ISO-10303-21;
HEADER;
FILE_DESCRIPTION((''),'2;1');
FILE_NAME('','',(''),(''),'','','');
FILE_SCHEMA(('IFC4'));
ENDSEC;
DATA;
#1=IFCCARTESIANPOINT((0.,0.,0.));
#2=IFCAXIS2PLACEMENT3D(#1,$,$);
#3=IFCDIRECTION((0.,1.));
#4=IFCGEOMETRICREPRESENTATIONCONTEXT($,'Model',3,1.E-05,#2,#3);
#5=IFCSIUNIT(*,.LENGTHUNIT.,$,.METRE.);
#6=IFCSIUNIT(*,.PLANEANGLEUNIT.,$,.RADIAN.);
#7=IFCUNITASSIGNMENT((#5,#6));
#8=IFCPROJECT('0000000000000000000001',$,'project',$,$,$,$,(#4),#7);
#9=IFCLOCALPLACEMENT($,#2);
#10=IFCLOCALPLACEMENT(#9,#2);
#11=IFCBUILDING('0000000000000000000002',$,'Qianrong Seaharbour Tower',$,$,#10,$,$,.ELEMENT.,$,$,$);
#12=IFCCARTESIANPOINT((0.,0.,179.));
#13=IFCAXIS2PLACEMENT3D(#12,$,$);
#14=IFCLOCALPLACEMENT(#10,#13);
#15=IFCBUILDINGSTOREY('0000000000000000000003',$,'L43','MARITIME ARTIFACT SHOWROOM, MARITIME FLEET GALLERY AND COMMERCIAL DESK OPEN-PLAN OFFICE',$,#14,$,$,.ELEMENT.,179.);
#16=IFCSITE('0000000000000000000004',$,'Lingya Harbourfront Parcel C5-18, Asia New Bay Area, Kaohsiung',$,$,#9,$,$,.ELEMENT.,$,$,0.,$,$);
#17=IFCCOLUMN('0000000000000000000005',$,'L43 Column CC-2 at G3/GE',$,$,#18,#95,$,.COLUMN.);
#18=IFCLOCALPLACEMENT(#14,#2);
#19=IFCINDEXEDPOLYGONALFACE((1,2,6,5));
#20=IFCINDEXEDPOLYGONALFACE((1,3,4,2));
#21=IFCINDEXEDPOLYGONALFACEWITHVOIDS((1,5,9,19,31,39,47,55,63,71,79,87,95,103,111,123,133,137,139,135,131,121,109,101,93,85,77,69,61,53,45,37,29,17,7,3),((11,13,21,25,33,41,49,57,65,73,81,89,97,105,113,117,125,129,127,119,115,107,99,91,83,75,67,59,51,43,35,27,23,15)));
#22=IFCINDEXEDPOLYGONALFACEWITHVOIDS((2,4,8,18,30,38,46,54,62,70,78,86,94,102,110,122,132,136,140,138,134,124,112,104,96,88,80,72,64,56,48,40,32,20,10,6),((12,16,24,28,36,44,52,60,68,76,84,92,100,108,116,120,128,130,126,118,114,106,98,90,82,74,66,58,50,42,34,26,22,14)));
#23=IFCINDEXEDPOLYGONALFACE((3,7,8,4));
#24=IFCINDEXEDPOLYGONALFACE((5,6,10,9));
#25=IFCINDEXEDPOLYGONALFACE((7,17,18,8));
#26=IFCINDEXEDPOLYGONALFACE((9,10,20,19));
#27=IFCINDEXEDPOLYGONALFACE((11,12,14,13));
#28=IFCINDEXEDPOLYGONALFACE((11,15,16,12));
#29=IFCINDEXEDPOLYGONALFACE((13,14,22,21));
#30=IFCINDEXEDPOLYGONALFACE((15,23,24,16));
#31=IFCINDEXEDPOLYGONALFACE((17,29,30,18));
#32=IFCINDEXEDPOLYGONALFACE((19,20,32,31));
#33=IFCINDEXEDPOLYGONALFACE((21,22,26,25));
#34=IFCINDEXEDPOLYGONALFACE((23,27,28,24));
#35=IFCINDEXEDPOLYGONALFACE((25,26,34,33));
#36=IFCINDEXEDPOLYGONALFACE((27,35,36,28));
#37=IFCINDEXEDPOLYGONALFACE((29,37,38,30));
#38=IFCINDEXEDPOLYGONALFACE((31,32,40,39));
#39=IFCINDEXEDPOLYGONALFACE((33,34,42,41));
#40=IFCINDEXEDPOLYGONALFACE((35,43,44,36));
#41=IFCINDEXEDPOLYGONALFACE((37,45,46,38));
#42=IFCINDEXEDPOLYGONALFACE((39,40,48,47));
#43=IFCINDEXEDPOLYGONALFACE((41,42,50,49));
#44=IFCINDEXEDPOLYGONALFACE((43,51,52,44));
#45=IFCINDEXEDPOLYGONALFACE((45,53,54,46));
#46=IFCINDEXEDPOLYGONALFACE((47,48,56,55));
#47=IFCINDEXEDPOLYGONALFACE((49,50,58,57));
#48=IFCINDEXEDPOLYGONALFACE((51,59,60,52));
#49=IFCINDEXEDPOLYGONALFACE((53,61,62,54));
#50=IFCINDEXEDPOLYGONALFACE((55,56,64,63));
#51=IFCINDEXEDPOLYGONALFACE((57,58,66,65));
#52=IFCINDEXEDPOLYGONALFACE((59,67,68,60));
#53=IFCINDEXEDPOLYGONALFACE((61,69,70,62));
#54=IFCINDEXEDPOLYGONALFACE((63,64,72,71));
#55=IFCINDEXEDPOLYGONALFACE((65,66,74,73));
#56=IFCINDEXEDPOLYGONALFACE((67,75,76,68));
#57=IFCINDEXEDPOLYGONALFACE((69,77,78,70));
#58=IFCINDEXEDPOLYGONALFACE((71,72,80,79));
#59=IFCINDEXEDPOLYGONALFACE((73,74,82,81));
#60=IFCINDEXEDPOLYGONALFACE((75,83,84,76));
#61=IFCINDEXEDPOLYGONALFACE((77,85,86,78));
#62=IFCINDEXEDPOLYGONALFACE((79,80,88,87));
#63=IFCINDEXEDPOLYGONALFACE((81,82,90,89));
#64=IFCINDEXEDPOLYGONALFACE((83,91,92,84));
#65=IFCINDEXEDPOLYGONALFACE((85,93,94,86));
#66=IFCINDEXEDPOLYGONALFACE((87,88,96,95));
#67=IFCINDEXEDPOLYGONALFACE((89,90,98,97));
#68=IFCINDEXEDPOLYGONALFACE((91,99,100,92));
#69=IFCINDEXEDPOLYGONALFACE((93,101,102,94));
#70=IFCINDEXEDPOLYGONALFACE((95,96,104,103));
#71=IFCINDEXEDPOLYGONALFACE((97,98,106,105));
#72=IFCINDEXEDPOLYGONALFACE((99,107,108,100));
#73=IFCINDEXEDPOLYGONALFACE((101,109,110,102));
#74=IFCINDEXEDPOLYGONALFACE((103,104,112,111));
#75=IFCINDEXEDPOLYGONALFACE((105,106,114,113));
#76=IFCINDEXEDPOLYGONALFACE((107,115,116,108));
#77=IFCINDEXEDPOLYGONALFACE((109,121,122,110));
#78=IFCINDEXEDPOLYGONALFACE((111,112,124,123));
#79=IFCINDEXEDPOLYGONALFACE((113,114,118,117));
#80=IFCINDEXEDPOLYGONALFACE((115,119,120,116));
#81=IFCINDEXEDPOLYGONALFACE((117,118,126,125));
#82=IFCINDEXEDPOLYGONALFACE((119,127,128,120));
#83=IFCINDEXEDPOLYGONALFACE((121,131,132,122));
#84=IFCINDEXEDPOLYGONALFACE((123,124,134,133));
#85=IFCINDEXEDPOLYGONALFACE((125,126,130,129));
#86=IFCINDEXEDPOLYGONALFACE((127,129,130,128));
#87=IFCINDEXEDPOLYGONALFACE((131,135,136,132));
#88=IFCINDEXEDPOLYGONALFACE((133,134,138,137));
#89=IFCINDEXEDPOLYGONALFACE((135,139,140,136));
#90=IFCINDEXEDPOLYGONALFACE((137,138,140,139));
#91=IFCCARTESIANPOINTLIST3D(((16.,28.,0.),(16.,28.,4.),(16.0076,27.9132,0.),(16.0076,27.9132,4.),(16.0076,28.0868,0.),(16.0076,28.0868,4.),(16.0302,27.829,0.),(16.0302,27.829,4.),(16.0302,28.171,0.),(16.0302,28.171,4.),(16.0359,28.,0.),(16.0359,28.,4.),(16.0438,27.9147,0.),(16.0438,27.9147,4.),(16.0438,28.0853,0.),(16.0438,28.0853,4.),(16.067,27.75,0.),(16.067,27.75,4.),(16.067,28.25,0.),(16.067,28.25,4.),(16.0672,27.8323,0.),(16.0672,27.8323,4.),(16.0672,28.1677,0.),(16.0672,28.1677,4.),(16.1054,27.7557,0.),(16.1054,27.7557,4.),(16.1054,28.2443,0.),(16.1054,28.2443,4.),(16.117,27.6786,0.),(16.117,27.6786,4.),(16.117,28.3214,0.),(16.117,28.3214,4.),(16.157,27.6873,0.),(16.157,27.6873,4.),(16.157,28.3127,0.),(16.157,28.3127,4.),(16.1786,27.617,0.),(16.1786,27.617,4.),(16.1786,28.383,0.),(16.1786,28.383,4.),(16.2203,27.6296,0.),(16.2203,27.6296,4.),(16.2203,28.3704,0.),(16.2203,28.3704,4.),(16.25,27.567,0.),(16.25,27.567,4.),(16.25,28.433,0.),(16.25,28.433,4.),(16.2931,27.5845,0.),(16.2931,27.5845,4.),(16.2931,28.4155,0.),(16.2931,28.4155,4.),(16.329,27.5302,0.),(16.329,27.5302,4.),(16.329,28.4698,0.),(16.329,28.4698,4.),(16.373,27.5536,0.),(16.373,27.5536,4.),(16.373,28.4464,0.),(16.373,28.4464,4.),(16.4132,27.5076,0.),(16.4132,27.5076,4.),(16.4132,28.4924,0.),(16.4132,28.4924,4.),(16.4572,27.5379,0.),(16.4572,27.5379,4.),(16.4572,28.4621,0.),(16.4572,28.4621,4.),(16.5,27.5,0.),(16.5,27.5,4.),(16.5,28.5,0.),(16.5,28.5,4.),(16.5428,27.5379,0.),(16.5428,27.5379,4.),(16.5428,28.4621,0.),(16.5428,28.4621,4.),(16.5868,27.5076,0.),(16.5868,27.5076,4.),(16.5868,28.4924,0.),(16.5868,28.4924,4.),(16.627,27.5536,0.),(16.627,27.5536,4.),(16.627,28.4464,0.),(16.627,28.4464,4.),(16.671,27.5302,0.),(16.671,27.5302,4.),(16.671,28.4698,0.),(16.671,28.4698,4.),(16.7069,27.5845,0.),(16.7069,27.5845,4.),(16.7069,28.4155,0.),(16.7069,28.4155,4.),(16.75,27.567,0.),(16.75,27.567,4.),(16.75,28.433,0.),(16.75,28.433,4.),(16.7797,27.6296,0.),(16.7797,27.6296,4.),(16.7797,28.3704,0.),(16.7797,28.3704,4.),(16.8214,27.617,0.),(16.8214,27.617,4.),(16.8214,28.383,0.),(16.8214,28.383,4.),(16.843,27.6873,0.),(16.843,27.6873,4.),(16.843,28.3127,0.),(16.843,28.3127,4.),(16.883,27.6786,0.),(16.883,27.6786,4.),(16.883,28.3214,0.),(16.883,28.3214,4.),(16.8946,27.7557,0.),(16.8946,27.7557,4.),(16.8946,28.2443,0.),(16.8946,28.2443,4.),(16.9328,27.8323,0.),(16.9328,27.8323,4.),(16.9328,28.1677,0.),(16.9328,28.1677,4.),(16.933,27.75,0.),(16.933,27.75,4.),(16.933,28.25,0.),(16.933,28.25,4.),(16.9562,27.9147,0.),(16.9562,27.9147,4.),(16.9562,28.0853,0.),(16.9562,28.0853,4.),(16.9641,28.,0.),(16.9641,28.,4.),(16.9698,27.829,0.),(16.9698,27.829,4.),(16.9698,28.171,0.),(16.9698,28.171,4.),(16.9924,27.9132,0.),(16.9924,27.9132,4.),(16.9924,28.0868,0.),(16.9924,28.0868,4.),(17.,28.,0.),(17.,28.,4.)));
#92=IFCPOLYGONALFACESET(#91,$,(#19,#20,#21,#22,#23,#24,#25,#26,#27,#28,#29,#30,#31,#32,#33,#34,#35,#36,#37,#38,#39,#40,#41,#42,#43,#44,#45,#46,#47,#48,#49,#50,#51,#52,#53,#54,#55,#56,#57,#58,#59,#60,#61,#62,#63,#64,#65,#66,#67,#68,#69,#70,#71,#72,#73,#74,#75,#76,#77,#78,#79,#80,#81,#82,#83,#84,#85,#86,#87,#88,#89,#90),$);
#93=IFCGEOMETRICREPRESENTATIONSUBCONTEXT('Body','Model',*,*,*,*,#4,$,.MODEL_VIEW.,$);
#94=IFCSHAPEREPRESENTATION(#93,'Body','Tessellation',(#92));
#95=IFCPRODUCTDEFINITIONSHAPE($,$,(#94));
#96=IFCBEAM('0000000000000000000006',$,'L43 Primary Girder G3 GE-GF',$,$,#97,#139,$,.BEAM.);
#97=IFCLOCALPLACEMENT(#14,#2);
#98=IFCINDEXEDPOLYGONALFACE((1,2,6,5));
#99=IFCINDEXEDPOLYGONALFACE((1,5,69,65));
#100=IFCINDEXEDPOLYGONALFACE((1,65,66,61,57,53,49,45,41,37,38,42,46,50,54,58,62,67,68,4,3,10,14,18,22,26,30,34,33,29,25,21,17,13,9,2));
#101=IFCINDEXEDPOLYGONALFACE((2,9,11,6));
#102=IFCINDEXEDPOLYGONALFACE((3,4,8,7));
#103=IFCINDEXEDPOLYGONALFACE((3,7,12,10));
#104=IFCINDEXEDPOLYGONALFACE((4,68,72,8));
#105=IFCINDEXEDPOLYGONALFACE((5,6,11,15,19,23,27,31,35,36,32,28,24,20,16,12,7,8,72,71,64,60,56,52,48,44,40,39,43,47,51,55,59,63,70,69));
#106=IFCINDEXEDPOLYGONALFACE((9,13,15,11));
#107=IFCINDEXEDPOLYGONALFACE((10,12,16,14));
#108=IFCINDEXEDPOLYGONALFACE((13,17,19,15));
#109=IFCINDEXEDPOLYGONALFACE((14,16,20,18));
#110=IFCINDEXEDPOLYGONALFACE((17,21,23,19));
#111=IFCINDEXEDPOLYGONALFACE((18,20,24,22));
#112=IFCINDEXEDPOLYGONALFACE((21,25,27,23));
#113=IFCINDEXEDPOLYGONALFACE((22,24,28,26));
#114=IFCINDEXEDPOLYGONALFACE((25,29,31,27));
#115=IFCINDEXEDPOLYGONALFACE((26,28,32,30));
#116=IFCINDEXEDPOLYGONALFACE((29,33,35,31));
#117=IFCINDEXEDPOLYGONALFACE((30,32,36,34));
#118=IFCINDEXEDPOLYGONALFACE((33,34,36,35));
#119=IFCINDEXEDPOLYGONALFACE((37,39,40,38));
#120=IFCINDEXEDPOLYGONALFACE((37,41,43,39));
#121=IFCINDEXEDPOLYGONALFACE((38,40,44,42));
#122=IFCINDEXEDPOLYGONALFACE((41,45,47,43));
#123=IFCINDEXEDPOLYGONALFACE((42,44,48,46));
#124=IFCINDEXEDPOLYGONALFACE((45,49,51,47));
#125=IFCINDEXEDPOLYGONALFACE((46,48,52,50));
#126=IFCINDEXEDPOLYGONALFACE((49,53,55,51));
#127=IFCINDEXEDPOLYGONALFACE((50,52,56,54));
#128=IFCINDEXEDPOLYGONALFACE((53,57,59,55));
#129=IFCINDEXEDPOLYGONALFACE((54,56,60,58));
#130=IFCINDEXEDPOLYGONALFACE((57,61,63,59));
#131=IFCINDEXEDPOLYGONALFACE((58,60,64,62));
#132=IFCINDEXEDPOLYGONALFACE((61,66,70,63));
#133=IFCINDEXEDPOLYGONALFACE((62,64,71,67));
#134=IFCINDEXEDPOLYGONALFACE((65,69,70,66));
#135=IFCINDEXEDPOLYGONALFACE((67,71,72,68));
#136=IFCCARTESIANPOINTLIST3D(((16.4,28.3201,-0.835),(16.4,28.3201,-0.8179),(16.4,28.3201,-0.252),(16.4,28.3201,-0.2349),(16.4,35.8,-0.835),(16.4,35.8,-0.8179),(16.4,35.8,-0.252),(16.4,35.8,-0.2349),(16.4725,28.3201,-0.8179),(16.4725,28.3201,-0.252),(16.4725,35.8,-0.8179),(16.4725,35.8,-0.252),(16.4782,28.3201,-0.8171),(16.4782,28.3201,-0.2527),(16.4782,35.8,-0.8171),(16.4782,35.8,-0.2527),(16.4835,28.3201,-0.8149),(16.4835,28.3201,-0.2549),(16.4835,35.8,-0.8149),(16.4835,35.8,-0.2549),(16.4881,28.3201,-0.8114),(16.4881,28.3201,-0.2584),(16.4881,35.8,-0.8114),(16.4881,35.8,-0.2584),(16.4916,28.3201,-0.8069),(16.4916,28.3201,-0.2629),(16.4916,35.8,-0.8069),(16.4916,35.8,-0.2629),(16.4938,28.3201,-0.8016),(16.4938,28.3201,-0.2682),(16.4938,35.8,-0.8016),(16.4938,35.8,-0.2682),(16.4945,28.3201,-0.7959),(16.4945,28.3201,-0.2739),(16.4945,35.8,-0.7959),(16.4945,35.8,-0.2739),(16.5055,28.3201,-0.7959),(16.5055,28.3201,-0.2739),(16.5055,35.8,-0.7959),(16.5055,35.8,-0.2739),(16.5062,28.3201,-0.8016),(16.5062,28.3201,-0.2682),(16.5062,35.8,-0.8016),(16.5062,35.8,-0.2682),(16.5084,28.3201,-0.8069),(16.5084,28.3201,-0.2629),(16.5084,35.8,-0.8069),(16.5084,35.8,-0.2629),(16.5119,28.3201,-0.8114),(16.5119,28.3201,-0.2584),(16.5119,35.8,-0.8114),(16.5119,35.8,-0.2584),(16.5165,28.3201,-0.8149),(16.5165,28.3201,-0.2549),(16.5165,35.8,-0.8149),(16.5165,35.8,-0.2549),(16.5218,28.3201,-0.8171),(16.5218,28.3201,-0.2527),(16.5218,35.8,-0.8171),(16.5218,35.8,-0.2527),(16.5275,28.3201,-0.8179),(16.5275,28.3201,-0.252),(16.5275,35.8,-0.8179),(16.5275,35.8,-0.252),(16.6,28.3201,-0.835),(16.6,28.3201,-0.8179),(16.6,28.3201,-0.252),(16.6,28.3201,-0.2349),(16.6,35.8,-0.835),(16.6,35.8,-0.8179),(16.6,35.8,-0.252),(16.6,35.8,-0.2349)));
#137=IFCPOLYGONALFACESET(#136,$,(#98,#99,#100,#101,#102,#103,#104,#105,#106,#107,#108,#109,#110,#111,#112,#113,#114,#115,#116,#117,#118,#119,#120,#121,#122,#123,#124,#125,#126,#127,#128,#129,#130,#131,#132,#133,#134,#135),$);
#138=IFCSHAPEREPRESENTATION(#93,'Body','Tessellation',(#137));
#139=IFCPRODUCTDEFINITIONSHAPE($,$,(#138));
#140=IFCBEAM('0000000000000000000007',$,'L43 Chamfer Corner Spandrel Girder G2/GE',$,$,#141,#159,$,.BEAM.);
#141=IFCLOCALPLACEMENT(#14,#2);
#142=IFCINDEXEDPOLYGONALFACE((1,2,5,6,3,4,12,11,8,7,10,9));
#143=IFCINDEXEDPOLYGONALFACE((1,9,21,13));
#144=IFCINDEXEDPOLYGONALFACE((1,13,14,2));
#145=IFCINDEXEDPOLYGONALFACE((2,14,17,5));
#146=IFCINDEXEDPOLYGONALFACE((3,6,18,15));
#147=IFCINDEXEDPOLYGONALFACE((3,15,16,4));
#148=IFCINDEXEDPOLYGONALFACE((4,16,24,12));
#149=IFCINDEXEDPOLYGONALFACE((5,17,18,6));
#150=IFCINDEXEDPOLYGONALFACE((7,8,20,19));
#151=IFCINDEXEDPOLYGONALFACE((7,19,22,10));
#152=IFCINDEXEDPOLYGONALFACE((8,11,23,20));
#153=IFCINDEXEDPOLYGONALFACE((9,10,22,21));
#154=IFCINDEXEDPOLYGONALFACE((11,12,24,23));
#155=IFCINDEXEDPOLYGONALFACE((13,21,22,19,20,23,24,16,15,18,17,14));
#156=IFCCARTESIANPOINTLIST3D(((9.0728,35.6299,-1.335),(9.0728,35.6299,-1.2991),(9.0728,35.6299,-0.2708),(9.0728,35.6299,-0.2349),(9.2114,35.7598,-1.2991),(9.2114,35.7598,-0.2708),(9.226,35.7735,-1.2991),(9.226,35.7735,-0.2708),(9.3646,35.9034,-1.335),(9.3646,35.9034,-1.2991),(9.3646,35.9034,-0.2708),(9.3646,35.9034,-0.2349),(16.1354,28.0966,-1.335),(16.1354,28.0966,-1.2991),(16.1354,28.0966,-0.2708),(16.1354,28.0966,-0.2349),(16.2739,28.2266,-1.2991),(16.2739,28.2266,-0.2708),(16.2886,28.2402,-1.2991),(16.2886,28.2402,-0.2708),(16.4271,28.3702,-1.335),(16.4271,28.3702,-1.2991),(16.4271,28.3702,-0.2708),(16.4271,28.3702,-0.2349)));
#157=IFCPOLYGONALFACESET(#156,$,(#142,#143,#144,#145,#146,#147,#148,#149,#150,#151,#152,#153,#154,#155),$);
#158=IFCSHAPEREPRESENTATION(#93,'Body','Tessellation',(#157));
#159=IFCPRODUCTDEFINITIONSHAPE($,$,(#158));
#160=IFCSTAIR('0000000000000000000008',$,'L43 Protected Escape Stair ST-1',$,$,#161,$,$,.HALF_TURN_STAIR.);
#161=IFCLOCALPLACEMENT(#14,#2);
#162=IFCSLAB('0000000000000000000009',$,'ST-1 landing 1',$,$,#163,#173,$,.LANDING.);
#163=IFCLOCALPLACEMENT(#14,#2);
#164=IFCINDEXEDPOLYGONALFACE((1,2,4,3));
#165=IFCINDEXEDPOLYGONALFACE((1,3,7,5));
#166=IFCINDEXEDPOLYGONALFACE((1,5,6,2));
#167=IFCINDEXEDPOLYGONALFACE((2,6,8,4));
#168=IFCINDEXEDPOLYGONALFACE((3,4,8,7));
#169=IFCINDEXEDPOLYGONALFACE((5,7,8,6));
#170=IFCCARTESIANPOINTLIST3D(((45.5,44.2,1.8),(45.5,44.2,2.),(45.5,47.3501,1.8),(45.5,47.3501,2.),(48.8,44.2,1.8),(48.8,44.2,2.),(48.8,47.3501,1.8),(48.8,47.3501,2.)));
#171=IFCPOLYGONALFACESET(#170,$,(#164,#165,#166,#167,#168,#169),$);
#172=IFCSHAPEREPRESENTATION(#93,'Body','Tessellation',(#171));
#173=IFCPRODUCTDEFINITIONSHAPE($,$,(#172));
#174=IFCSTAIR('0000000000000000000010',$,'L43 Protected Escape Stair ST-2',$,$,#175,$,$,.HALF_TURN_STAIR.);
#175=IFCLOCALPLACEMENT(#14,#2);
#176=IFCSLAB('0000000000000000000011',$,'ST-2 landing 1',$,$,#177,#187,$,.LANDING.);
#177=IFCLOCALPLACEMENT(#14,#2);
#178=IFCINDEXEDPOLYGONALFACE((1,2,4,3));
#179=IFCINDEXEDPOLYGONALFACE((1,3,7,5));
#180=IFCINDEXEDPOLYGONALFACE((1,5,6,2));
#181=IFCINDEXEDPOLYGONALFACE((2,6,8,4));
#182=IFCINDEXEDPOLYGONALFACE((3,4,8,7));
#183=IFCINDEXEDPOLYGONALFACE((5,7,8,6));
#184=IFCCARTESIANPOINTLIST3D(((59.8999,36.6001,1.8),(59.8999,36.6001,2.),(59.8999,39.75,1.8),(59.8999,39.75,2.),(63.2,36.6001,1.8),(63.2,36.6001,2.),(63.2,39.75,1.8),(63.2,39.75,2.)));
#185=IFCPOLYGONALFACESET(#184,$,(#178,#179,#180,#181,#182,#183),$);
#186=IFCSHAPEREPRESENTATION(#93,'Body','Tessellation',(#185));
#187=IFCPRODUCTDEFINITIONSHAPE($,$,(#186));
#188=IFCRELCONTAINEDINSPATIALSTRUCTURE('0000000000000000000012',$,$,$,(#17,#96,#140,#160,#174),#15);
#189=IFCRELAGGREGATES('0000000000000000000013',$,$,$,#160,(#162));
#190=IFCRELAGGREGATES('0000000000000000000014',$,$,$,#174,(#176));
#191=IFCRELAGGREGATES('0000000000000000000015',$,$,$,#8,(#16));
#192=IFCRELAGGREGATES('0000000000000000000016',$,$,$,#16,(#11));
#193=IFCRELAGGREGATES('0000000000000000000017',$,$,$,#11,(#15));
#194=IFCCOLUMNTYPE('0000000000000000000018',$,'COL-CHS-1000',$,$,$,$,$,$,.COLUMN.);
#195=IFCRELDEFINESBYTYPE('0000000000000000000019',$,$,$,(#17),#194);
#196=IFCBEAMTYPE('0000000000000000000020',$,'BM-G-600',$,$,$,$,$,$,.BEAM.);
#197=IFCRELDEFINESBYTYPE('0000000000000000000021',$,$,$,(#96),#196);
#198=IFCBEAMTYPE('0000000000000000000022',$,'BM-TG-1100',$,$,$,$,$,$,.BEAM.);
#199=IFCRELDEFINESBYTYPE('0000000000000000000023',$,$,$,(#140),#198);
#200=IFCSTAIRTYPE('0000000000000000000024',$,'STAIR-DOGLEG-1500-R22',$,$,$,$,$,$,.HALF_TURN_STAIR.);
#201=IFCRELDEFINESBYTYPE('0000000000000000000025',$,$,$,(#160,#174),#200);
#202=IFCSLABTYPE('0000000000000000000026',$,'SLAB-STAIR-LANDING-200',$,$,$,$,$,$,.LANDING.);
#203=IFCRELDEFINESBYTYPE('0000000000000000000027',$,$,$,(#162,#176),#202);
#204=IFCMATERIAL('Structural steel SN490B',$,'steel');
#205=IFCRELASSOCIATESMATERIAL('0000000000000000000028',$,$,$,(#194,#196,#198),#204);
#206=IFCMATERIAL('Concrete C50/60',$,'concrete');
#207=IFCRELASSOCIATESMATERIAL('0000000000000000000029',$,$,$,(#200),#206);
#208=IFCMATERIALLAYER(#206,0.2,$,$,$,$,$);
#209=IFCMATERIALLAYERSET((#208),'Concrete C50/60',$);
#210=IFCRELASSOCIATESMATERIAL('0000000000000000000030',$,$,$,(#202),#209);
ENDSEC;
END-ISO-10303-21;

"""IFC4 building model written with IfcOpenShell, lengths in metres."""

from ifc_helpers import new_model, si_unit, direction, frame, origin, origin_2d, place, context, subcontext, project, spatial, polyline, hollow_circle, i_section, outline, extrude, material, layer, layer_set, material_profile, profile_set, type_object, element, aggregate, save


model = new_model("IFC4")

# Units and contexts
model_context = context("Model", 3, precision=1e-05, world=origin(), true_north=direction((0.0, 1.0)))
body_context = subcontext(model_context, "Body", "Model", "MODEL_VIEW")
ifc_project = project(units=[si_unit("LENGTHUNIT", "METRE"), si_unit("PLANEANGLEUNIT", "RADIAN")], contexts=[model_context])

# Site, building, storey
site_placement = place(None, origin())
site = spatial("IfcSite", under=ifc_project, at=site_placement, Name="Lingya Harbourfront Parcel C5-18, Asia New Bay Area, Kaohsiung", CompositionType="ELEMENT", RefElevation=0.0)
building_placement = place(site_placement, origin())
building = spatial("IfcBuilding", under=site, at=building_placement, Name="Qianrong Seaharbour Tower", CompositionType="ELEMENT")
storey_placement = place(building_placement, frame((0.0, 0.0, 179.0)))
storey = spatial("IfcBuildingStorey", under=building, at=storey_placement, Name="L43", Description="MARITIME ARTIFACT SHOWROOM, MARITIME FLEET GALLERY AND COMMERCIAL DESK OPEN-PLAN OFFICE", CompositionType="ELEMENT", Elevation=179.0)

# Column
ifc_material_1 = material(Name="Structural steel SN490B", Category="steel")
ifc_material_profile_1 = material_profile(ifc_material_1, hollow_circle(Radius=0.5, WallThickness=0.0359, at=origin_2d()), Name="CHS1000x36")
ifc_profile_set_1 = profile_set([ifc_material_profile_1], Name="Structural steel SN490B")
column_type = type_object("IfcColumnType", Name="COL-CHS-1000", PredefinedType="COLUMN", material=ifc_profile_set_1)
column_placement = place(storey_placement, frame((16.5, 28.0, 0.0), z_axis=(0.0, 0.0, 1.0), x_axis=(1.0, 0.0, 0.0)))
element("IfcColumn", 1, at=column_placement, inside=storey, type_object=column_type, Name="L43 Column CC-2 at G3/GE", PredefinedType="COLUMN", context=body_context, shape_type="SweptSolid", body=[
    extrude(hollow_circle(Radius=0.5, WallThickness=0.0359, at=origin_2d()), origin(), (0.0, 0.0, 1.0), 4.0),
])

# Beams
ifc_material_profile_2 = material_profile(ifc_material_1, i_section(OverallWidth=0.2, OverallDepth=0.6001, WebThickness=0.011, FlangeThickness=0.0171, FilletRadius=0.022, at=origin_2d()), Name="H600x200x11x17")
ifc_profile_set_2 = profile_set([ifc_material_profile_2], Name="Structural steel SN490B")
beam_type_1 = type_object("IfcBeamType", Name="BM-G-600", PredefinedType="BEAM", material=ifc_profile_set_2)
beam_1_placement = place(storey_placement, frame((16.5, 28.3201, -0.5349), z_axis=(0.0, 1.0, 0.0), x_axis=(-1.0, 0.0, 0.0)))
element("IfcBeam", 2, at=beam_1_placement, inside=storey, type_object=beam_type_1, Name="L43 Primary Girder G3 GE-GF", PredefinedType="BEAM", context=body_context, shape_type="SweptSolid", body=[
    extrude(i_section(OverallWidth=0.2, OverallDepth=0.6001, WebThickness=0.011, FlangeThickness=0.0171, FilletRadius=0.022, at=origin_2d()), origin(), (0.0, 0.0, 1.0), 7.48),
])
ifc_material_profile_3 = material_profile(ifc_material_1, i_section(OverallWidth=0.3999, OverallDepth=1.1001, WebThickness=0.02, FlangeThickness=0.0359, at=origin_2d()), Name="BH1100x400x20x36")
ifc_profile_set_3 = profile_set([ifc_material_profile_3], Name="Structural steel SN490B")
beam_type_2 = type_object("IfcBeamType", Name="BM-TG-1100", PredefinedType="BEAM", material=ifc_profile_set_3)
beam_2_placement = place(storey_placement, frame((16.2812, 28.2334, -0.7849), z_axis=(-0.683947, 0.729531, 0.0), x_axis=(-0.729531, -0.683947, 0.0)))
element("IfcBeam", 3, at=beam_2_placement, inside=storey, type_object=beam_type_2, Name="L43 Chamfer Corner Spandrel Girder G2/GE", PredefinedType="BEAM", context=body_context, shape_type="SweptSolid", body=[
    extrude(i_section(OverallWidth=0.3999, OverallDepth=1.1001, WebThickness=0.02, FlangeThickness=0.0359, at=origin_2d()), origin(), (0.0, 0.0, 1.0), 10.3262),
])

# Stairs, slabs
ifc_material_2 = material(Name="Concrete C50/60", Category="concrete")
stair_type = type_object("IfcStairType", Name="STAIR-DOGLEG-1500-R22", PredefinedType="HALF_TURN_STAIR", material=ifc_material_2)
stair_1_placement = place(storey_placement, origin())
stair_1 = element("IfcStair", 4, at=stair_1_placement, inside=storey, type_object=stair_type, Name="L43 Protected Escape Stair ST-1", PredefinedType="HALF_TURN_STAIR")
ifc_layer_1 = layer(ifc_material_2, 0.2)
ifc_layer_set_1 = layer_set([ifc_layer_1], Name="Concrete C50/60")
slab_type_1 = type_object("IfcSlabType", Name="SLAB-STAIR-LANDING-200", PredefinedType="LANDING", material=ifc_layer_set_1)
slab_1_placement = place(storey_placement, frame((0.0, 0.0, 1.8)))
slab_1 = element("IfcSlab", 5, at=slab_1_placement, type_object=slab_type_1, Name="ST-1 landing 1", PredefinedType="LANDING", context=body_context, shape_type="SweptSolid", body=[
    extrude(outline(polyline([(45.5, 44.2), (48.8, 44.2), (48.8, 47.3501), (45.5, 47.3501), (45.5, 44.2)])), origin(), (0.0, 0.0, 1.0), 0.2),
])
aggregate(stair_1, [slab_1])
stair_2_placement = place(storey_placement, origin())
stair_2 = element("IfcStair", 6, at=stair_2_placement, inside=storey, type_object=stair_type, Name="L43 Protected Escape Stair ST-2", PredefinedType="HALF_TURN_STAIR")
slab_2_placement = place(storey_placement, frame((0.0, 0.0, 1.8)))
slab_2 = element("IfcSlab", 7, at=slab_2_placement, type_object=slab_type_1, Name="ST-2 landing 1", PredefinedType="LANDING", context=body_context, shape_type="SweptSolid", body=[
    extrude(outline(polyline([(59.8999, 36.6001), (63.2, 36.6001), (63.2, 39.75), (59.8999, 39.75), (59.8999, 36.6001)])), origin(), (0.0, 0.0, 1.0), 0.2),
])
aggregate(stair_2, [slab_2])

save(model, "model.ifc")
